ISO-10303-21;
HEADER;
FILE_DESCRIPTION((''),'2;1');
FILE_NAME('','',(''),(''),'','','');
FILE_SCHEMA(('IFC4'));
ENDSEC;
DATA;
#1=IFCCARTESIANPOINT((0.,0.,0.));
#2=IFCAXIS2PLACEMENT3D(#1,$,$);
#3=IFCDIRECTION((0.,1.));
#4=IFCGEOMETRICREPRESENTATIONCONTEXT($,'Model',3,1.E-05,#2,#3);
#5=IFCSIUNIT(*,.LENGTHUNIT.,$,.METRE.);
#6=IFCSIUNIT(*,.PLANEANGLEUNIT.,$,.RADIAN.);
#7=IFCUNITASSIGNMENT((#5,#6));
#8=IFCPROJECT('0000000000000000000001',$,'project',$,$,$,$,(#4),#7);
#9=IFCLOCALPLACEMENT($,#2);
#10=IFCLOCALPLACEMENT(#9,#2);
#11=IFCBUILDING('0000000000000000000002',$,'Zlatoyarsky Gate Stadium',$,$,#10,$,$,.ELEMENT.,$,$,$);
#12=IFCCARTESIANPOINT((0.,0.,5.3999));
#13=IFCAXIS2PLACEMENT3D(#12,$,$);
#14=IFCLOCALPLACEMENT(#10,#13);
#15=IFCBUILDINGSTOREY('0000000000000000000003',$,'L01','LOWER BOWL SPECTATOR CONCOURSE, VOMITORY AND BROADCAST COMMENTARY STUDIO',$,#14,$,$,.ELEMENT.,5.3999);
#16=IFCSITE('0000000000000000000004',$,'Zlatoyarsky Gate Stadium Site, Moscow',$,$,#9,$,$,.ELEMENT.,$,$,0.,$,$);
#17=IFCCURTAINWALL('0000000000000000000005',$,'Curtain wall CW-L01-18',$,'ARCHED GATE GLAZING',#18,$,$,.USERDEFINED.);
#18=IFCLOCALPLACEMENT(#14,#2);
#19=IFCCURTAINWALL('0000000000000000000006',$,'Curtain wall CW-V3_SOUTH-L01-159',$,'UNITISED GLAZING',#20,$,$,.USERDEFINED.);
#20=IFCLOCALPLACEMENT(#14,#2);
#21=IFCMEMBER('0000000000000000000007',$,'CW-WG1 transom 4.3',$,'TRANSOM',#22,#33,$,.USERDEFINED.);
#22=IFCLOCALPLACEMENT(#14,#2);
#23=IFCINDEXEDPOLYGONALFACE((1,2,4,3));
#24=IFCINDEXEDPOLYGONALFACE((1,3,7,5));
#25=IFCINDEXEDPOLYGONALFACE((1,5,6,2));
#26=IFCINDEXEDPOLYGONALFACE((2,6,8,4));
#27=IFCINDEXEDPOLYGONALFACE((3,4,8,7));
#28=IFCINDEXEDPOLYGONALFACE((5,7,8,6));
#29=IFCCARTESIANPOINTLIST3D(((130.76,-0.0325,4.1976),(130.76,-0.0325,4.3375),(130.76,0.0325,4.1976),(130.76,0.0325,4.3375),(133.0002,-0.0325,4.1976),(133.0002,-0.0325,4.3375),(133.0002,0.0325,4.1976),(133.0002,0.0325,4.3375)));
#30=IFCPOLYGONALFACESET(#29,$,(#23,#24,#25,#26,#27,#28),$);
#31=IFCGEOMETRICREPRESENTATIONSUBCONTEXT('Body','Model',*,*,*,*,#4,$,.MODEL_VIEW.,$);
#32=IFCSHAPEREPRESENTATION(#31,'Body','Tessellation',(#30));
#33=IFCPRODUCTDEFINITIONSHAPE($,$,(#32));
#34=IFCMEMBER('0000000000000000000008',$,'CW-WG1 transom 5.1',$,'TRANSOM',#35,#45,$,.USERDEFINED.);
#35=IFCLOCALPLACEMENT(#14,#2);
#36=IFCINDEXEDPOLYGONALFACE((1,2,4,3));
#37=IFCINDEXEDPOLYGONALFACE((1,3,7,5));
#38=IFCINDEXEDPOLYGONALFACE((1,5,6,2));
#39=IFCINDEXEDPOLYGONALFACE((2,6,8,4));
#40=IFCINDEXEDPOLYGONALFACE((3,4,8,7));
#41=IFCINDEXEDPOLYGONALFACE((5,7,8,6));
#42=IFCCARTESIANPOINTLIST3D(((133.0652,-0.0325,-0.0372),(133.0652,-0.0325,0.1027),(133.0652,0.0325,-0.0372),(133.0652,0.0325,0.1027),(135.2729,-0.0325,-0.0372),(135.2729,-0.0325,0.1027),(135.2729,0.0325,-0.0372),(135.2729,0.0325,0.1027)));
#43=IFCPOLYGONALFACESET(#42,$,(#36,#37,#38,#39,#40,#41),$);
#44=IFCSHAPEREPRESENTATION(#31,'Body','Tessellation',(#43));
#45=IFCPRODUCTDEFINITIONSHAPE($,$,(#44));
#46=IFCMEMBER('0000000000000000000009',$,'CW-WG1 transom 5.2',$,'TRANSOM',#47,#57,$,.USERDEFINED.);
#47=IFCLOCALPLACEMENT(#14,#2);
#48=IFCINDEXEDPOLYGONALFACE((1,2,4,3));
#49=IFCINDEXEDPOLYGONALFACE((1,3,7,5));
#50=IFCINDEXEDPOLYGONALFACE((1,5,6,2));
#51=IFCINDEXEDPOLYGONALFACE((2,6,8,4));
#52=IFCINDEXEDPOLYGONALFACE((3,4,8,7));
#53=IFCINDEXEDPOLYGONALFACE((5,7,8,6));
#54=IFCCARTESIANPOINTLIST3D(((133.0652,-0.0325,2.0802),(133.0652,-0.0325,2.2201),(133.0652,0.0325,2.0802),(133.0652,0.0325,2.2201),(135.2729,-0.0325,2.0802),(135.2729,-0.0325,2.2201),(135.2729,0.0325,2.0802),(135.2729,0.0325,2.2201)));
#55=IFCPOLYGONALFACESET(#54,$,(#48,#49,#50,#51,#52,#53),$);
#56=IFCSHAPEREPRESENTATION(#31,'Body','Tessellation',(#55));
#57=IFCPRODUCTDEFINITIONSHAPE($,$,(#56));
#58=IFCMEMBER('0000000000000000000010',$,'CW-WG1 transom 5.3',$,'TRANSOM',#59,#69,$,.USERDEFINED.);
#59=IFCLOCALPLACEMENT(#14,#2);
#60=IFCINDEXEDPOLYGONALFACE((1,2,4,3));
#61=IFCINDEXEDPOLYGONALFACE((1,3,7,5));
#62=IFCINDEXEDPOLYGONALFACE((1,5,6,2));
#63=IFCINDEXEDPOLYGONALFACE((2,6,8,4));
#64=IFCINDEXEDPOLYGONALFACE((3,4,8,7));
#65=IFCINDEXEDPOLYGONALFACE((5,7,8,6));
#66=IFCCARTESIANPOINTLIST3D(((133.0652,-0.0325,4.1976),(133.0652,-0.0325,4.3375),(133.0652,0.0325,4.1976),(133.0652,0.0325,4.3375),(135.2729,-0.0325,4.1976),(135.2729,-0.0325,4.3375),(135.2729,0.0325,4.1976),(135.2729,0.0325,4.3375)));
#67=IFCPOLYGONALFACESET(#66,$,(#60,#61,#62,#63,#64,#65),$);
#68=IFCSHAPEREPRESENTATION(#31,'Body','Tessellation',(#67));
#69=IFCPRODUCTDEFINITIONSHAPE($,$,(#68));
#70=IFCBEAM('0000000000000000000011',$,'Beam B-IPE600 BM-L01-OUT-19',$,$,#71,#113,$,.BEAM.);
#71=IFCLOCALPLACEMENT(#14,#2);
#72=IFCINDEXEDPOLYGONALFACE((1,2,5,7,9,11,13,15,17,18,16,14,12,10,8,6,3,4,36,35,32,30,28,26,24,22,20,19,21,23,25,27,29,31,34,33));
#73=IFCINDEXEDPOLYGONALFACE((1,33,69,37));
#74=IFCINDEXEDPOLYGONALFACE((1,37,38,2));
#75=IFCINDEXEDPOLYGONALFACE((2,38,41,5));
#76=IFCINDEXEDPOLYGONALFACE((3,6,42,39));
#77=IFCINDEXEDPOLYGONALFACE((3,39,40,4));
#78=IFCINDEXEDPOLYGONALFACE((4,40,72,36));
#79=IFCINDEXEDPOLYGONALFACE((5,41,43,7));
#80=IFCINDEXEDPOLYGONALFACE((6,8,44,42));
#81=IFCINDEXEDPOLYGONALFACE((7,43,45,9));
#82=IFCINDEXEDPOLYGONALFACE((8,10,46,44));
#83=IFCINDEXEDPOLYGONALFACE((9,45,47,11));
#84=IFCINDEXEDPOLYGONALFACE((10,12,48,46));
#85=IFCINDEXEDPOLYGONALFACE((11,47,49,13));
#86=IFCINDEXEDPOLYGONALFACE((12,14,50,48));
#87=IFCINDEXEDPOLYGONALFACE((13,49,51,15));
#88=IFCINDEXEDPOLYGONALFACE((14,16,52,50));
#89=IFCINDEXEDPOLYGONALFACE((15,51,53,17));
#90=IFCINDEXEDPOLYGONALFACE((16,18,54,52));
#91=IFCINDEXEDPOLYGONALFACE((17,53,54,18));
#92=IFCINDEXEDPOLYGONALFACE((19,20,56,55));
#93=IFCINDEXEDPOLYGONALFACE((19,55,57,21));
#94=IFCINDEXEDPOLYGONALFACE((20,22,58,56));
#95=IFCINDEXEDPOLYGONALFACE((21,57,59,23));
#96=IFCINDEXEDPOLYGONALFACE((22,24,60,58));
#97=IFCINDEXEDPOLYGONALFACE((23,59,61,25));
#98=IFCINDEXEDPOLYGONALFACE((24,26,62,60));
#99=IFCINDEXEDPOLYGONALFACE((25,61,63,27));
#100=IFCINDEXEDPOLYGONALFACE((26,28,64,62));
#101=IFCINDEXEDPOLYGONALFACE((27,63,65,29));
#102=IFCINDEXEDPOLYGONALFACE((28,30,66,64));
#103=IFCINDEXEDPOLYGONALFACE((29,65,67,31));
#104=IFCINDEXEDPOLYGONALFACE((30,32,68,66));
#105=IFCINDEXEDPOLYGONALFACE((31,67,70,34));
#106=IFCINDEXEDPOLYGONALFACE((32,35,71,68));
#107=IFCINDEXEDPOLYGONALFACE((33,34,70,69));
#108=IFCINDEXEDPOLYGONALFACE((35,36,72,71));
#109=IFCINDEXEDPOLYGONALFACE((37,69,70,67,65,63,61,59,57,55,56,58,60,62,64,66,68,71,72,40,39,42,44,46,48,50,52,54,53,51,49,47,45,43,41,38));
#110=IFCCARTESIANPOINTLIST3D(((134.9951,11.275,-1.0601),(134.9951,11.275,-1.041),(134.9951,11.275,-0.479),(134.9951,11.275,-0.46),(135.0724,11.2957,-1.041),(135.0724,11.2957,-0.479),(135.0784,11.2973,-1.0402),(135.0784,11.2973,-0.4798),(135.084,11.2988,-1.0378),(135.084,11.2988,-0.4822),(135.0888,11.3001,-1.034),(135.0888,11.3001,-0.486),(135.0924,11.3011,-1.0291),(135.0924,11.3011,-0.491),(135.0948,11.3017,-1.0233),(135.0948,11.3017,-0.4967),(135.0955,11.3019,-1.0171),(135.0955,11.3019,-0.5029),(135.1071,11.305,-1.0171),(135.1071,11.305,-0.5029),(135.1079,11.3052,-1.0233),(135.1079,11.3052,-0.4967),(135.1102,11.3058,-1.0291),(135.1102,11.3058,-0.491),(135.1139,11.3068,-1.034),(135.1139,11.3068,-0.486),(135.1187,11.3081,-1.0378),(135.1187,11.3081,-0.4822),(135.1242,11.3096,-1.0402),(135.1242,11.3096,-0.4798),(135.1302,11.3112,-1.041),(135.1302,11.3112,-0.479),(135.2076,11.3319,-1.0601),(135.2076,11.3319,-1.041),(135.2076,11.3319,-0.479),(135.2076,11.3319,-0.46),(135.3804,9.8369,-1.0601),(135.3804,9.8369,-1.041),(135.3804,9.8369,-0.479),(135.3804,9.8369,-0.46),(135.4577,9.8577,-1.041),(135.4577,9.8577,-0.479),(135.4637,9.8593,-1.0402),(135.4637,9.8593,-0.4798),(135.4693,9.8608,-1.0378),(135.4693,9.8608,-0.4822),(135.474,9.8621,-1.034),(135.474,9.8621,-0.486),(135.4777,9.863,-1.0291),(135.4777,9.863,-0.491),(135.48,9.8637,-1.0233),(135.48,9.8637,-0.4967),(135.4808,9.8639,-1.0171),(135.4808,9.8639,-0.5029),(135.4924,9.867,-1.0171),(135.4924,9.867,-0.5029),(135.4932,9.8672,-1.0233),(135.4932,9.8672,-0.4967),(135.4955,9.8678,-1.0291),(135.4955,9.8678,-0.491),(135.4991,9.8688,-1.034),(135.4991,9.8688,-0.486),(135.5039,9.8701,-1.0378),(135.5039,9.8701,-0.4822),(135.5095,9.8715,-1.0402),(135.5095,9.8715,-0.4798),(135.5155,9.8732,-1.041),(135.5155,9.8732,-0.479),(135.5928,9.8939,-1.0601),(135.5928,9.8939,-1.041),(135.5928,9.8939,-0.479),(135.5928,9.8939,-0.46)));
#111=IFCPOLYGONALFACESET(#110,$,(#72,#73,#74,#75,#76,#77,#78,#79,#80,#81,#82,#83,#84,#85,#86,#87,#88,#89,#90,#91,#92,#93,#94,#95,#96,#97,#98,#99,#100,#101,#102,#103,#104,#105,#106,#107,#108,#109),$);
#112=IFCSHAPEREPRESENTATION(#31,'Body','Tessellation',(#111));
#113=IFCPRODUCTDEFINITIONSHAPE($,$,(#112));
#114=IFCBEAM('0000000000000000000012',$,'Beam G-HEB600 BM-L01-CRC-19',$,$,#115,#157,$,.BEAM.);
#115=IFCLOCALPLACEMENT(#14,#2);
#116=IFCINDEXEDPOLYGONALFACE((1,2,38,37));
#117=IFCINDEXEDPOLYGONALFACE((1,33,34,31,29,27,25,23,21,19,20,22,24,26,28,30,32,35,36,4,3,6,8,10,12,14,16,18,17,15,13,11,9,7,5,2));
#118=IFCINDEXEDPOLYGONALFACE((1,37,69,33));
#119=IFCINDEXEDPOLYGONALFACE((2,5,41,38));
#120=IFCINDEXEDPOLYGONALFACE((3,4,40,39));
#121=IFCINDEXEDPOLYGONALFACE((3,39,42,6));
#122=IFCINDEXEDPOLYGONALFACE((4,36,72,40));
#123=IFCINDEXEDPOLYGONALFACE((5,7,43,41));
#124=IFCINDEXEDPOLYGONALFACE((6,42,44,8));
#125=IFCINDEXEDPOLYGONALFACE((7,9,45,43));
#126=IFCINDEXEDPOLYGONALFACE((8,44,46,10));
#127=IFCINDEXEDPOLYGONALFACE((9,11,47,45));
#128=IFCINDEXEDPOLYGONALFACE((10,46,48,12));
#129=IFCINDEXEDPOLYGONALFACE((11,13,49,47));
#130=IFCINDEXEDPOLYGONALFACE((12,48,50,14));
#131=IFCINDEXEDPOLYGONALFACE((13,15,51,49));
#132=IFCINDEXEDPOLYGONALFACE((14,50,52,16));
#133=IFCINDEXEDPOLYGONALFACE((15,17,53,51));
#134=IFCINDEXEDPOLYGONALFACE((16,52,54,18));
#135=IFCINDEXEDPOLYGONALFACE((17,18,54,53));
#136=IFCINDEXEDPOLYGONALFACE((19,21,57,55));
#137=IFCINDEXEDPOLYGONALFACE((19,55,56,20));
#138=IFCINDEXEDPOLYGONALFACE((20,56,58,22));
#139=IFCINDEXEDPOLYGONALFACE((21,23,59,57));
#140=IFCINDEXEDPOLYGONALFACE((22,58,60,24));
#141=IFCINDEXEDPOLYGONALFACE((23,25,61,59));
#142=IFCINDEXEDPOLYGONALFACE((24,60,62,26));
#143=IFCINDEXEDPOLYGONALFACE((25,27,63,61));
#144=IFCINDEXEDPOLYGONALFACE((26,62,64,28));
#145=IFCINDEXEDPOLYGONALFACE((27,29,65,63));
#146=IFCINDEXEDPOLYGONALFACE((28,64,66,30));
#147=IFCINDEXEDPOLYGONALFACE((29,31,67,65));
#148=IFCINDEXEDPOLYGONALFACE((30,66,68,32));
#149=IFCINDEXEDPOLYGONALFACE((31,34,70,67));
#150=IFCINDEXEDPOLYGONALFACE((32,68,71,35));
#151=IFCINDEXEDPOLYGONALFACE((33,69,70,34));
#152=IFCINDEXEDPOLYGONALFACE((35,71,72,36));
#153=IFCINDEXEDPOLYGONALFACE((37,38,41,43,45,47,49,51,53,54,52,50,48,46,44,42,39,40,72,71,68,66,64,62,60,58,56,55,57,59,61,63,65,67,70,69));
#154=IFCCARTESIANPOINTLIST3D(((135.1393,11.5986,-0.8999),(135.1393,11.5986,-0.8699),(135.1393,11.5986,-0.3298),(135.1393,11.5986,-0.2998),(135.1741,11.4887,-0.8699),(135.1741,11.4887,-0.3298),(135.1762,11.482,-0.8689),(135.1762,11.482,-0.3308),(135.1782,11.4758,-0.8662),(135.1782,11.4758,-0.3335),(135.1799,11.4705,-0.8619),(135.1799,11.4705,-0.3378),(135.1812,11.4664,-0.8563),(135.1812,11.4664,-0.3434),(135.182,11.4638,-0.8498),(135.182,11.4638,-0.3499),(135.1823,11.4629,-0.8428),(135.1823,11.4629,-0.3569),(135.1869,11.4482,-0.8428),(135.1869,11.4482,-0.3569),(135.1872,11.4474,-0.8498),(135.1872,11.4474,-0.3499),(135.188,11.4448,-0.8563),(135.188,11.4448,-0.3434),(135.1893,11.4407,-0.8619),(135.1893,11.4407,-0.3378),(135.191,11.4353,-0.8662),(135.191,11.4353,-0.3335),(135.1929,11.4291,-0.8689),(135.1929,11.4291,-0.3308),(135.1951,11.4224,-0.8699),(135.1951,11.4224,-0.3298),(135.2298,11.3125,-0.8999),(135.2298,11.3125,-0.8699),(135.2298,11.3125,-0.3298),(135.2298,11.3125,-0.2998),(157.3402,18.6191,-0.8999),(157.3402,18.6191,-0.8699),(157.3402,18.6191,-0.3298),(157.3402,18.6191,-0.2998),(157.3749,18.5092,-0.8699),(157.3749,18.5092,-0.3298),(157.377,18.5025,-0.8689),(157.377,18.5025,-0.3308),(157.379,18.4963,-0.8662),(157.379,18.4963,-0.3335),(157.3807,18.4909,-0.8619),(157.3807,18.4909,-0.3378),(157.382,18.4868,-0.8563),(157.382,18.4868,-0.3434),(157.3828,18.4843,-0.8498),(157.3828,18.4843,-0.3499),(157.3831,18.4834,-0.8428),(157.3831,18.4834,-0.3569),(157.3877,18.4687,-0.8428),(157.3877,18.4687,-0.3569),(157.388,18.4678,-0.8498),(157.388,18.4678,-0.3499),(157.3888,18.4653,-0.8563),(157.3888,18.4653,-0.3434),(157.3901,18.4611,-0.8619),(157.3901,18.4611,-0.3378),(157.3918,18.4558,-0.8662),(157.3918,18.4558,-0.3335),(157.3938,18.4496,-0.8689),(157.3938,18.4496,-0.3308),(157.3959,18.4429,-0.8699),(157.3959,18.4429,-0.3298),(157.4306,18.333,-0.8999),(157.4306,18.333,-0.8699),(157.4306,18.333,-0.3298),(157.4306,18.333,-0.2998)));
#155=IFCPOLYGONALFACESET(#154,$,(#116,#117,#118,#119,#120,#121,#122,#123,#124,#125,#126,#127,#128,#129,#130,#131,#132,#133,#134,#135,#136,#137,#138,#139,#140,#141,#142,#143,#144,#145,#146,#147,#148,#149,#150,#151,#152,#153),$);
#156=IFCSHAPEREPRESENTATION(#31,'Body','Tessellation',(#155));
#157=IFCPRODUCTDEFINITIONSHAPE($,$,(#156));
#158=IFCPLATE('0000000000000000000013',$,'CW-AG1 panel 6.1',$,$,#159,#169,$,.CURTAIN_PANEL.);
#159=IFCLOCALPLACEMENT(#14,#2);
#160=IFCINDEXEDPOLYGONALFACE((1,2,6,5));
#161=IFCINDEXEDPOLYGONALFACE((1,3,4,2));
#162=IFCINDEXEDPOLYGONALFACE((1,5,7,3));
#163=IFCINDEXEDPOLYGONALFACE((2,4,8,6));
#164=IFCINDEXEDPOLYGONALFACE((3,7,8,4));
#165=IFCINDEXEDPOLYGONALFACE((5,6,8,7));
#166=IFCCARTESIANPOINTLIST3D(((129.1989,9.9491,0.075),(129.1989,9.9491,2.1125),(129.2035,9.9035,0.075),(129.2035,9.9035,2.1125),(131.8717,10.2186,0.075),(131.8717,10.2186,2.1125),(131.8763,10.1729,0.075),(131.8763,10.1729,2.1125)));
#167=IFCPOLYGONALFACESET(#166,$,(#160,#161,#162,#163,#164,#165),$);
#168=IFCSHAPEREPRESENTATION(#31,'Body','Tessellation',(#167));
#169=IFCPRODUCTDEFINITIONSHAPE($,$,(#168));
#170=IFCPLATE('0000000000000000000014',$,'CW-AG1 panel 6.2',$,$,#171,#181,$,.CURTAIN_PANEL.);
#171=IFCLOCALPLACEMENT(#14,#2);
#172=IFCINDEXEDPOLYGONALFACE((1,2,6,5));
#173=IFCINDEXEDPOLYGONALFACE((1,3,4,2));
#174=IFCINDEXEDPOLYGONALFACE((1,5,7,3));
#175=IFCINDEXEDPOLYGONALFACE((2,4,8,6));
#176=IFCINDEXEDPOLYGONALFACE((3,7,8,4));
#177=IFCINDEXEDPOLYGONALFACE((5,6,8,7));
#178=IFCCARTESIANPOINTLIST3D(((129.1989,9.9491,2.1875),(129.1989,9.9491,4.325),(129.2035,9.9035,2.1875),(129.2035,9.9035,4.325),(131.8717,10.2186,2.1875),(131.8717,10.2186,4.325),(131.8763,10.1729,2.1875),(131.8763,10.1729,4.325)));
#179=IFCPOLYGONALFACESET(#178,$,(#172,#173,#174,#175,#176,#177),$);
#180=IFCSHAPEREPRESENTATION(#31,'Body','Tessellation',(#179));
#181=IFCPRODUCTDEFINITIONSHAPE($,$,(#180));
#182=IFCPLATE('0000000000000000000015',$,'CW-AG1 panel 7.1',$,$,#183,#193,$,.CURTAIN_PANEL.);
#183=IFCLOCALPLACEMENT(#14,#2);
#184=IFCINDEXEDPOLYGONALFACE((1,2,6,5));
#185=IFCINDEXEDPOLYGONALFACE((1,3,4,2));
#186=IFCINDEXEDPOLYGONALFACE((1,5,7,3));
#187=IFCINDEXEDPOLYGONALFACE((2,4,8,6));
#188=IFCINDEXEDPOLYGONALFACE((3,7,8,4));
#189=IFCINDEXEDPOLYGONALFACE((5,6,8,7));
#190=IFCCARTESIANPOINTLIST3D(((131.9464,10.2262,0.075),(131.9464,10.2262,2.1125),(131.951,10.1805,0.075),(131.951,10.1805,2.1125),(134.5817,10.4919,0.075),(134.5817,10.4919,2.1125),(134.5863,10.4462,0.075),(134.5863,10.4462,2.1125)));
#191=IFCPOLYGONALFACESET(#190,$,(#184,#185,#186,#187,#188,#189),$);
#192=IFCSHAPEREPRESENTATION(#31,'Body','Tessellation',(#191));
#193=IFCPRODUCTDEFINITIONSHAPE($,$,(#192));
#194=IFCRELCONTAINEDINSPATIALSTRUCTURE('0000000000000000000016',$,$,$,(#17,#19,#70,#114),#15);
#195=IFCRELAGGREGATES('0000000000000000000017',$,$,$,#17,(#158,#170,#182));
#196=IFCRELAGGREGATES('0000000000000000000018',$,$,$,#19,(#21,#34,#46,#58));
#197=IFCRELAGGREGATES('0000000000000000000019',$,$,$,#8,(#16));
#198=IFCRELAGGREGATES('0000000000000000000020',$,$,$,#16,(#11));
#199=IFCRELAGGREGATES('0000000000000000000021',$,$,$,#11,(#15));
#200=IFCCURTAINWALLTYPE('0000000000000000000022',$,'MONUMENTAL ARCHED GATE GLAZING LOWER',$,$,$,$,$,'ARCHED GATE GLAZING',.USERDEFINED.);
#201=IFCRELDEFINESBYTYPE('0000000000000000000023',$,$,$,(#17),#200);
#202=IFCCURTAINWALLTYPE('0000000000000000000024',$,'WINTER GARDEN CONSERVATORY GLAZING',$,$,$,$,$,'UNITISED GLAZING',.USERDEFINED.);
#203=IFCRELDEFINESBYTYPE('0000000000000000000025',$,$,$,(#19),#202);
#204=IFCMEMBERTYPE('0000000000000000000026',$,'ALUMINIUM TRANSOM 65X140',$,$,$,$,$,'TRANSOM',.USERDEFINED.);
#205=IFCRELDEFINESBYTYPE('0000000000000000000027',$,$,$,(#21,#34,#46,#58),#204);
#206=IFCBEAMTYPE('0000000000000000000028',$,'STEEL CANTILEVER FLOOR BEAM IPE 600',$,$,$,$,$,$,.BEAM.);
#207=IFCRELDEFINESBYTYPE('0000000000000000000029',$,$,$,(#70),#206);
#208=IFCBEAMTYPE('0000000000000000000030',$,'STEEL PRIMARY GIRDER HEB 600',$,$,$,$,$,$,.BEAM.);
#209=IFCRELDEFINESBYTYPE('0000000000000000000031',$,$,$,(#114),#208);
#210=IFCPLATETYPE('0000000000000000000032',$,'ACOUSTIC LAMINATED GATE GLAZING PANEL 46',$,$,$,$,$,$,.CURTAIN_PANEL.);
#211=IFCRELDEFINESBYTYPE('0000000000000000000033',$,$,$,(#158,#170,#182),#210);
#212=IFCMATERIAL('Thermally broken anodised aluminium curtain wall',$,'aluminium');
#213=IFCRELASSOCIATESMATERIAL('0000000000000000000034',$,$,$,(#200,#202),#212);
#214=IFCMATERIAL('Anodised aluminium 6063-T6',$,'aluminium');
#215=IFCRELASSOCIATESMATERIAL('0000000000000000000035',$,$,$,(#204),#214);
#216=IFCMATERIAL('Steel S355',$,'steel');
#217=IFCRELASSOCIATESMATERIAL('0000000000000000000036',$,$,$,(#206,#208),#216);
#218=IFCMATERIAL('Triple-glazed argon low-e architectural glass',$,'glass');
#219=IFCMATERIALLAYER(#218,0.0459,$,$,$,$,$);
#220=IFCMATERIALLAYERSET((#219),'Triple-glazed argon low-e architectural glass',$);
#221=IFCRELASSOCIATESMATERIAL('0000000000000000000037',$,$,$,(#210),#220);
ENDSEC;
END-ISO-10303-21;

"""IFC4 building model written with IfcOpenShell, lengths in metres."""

from ifc_helpers import new_model, si_unit, direction, frame, origin, origin_2d, place, context, subcontext, project, spatial, rectangle, i_section, extrude, material, layer, layer_set, material_profile, profile_set, type_object, element, aggregate, save


model = new_model("IFC4")

# Units and contexts
model_context = context("Model", 3, precision=1e-05, world=origin(), true_north=direction((0.0, 1.0)))
body_context = subcontext(model_context, "Body", "Model", "MODEL_VIEW")
ifc_project = project(units=[si_unit("LENGTHUNIT", "METRE"), si_unit("PLANEANGLEUNIT", "RADIAN")], contexts=[model_context])

# Site, building, storey
site_placement = place(None, origin())
site = spatial("IfcSite", under=ifc_project, at=site_placement, Name="Zlatoyarsky Gate Stadium Site, Moscow", CompositionType="ELEMENT", RefElevation=0.0)
building_placement = place(site_placement, origin())
building = spatial("IfcBuilding", under=site, at=building_placement, Name="Zlatoyarsky Gate Stadium", CompositionType="ELEMENT")
storey_placement = place(building_placement, frame((0.0, 0.0, 5.3999)))
storey = spatial("IfcBuildingStorey", under=building, at=storey_placement, Name="L01", Description="LOWER BOWL SPECTATOR CONCOURSE, VOMITORY AND BROADCAST COMMENTARY STUDIO", CompositionType="ELEMENT", Elevation=5.3999)

# Shared definitions
ifc_material_1 = material(Name="Steel S355", Category="steel")

# Curtain walls, members
ifc_material_2 = material(Name="Thermally broken anodised aluminium curtain wall", Category="aluminium")
curtain_wall_type_1 = type_object("IfcCurtainWallType", Name="MONUMENTAL ARCHED GATE GLAZING LOWER", ElementType="ARCHED GATE GLAZING", PredefinedType="USERDEFINED", material=ifc_material_2)
curtain_wall_1_placement = place(storey_placement, origin())
curtain_wall_1 = element("IfcCurtainWall", 1, at=curtain_wall_1_placement, inside=storey, type_object=curtain_wall_type_1, Name="Curtain wall CW-L01-18", ObjectType="ARCHED GATE GLAZING", PredefinedType="USERDEFINED")
ifc_material_3 = material(Name="Anodised aluminium 6063-T6", Category="aluminium")
curtain_wall_type_2 = type_object("IfcCurtainWallType", Name="WINTER GARDEN CONSERVATORY GLAZING", ElementType="UNITISED GLAZING", PredefinedType="USERDEFINED", material=ifc_material_2)
curtain_wall_2_placement = place(storey_placement, origin())
curtain_wall_2 = element("IfcCurtainWall", 2, at=curtain_wall_2_placement, inside=storey, type_object=curtain_wall_type_2, Name="Curtain wall CW-V3_SOUTH-L01-159", ObjectType="UNITISED GLAZING", PredefinedType="USERDEFINED")
ifc_material_profile_1 = material_profile(ifc_material_3, rectangle(XDim=0.0649, YDim=0.1399, at=origin_2d()), Name="ALU 65X140")
ifc_profile_set_1 = profile_set([ifc_material_profile_1], Name="Anodised aluminium 6063-T6")
member_type_1 = type_object("IfcMemberType", Name="ALUMINIUM TRANSOM 65X140", ElementType="TRANSOM", PredefinedType="USERDEFINED", material=ifc_profile_set_1)
member_1_placement = place(storey_placement, frame((130.76, 0.0, 4.2676), z_axis=(1.0, 0.0, 0.0), x_axis=(0.0, 1.0, 0.0)))
member_1 = element("IfcMember", 3, at=member_1_placement, type_object=member_type_1, Name="CW-WG1 transom 4.3", ObjectType="TRANSOM", PredefinedType="USERDEFINED", context=body_context, shape_type="SweptSolid", body=[
    extrude(rectangle(XDim=0.0649, YDim=0.1399, at=origin_2d()), origin(), (0.0, 0.0, 1.0), 2.2402),
])
member_2_placement = place(storey_placement, frame((133.0652, 0.0, 0.0327), z_axis=(1.0, 0.0, 0.0), x_axis=(0.0, 1.0, 0.0)))
member_2 = element("IfcMember", 4, at=member_2_placement, type_object=member_type_1, Name="CW-WG1 transom 5.1", ObjectType="TRANSOM", PredefinedType="USERDEFINED", context=body_context, shape_type="SweptSolid", body=[
    extrude(rectangle(XDim=0.0649, YDim=0.1399, at=origin_2d()), origin(), (0.0, 0.0, 1.0), 2.2078),
])
member_3_placement = place(storey_placement, frame((133.0652, 0.0, 2.1501), z_axis=(1.0, 0.0, 0.0), x_axis=(0.0, 1.0, 0.0)))
member_3 = element("IfcMember", 5, at=member_3_placement, type_object=member_type_1, Name="CW-WG1 transom 5.2", ObjectType="TRANSOM", PredefinedType="USERDEFINED", context=body_context, shape_type="SweptSolid", body=[
    extrude(rectangle(XDim=0.0649, YDim=0.1399, at=origin_2d()), origin(), (0.0, 0.0, 1.0), 2.2078),
])
member_4_placement = place(storey_placement, frame((133.0652, 0.0, 4.2676), z_axis=(1.0, 0.0, 0.0), x_axis=(0.0, 1.0, 0.0)))
member_4 = element("IfcMember", 6, at=member_4_placement, type_object=member_type_1, Name="CW-WG1 transom 5.3", ObjectType="TRANSOM", PredefinedType="USERDEFINED", context=body_context, shape_type="SweptSolid", body=[
    extrude(rectangle(XDim=0.0649, YDim=0.1399, at=origin_2d()), origin(), (0.0, 0.0, 1.0), 2.2078),
])

# Beams
ifc_material_profile_2 = material_profile(ifc_material_1, i_section(OverallWidth=0.22, OverallDepth=0.6001, WebThickness=0.012, FlangeThickness=0.019, FilletRadius=0.0239, at=origin_2d()), Name="IPE 600")
ifc_profile_set_2 = profile_set([ifc_material_profile_2], Name="Steel S355")
beam_type_1 = type_object("IfcBeamType", Name="STEEL CANTILEVER FLOOR BEAM IPE 600", PredefinedType="BEAM", material=ifc_profile_set_2)
beam_1_placement = place(storey_placement, frame((135.1013, 11.3035, -0.76), z_axis=(0.258785, -0.965935, 0.0), x_axis=(0.965935, 0.258785, 0.0)))
element("IfcBeam", 7, at=beam_1_placement, inside=storey, type_object=beam_type_1, Name="Beam B-IPE600 BM-L01-OUT-19", PredefinedType="BEAM", context=body_context, shape_type="SweptSolid", body=[
    extrude(i_section(OverallWidth=0.22, OverallDepth=0.6001, WebThickness=0.012, FlangeThickness=0.019, FilletRadius=0.0239, at=origin_2d()), origin(), (0.0, 0.0, 1.0), 1.4888),
])
ifc_material_profile_3 = material_profile(ifc_material_1, i_section(OverallWidth=0.3, OverallDepth=0.6001, WebThickness=0.0154, FlangeThickness=0.03, FilletRadius=0.0271, at=origin_2d()), Name="HEB 600")
ifc_profile_set_3 = profile_set([ifc_material_profile_3], Name="Steel S355")
beam_type_2 = type_object("IfcBeamType", Name="STEEL PRIMARY GIRDER HEB 600", PredefinedType="BEAM", material=ifc_profile_set_3)
beam_2_placement = place(storey_placement, frame((135.1846, 11.4556, -0.5999), z_axis=(0.953463, 0.30151, 0.0), x_axis=(-0.30151, 0.953463, 0.0)))
element("IfcBeam", 8, at=beam_2_placement, inside=storey, type_object=beam_type_2, Name="Beam G-HEB600 BM-L01-CRC-19", PredefinedType="BEAM", context=body_context, shape_type="SweptSolid", body=[
    extrude(i_section(OverallWidth=0.3, OverallDepth=0.6001, WebThickness=0.0154, FlangeThickness=0.03, FilletRadius=0.0271, at=origin_2d()), origin(), (0.0, 0.0, 1.0), 23.2844),
])

# Plates
ifc_material_4 = material(Name="Triple-glazed argon low-e architectural glass", Category="glass")
ifc_layer_1 = layer(ifc_material_4, 0.0459)
ifc_layer_set_1 = layer_set([ifc_layer_1], Name="Triple-glazed argon low-e architectural glass")
plate_type_1 = type_object("IfcPlateType", Name="ACOUSTIC LAMINATED GATE GLAZING PANEL 46", PredefinedType="CURTAIN_PANEL", material=ifc_layer_set_1)
plate_1_placement = place(storey_placement, frame((130.5376, 10.061, 0.075), z_axis=(0.0, 0.0, 1.0), x_axis=(0.994957, 0.100303, 0.0)))
plate_1 = element("IfcPlate", 9, at=plate_1_placement, type_object=plate_type_1, Name="CW-AG1 panel 6.1", PredefinedType="CURTAIN_PANEL", context=body_context, shape_type="SweptSolid", body=[
    extrude(rectangle(XDim=2.6863, YDim=0.0459, at=origin_2d()), origin(), (0.0, 0.0, 1.0), 2.0376),
])
plate_2_placement = place(storey_placement, frame((130.5376, 10.061, 2.1875), z_axis=(0.0, 0.0, 1.0), x_axis=(0.994957, 0.100303, 0.0)))
plate_2 = element("IfcPlate", 10, at=plate_2_placement, type_object=plate_type_1, Name="CW-AG1 panel 6.2", PredefinedType="CURTAIN_PANEL", context=body_context, shape_type="SweptSolid", body=[
    extrude(rectangle(XDim=2.6863, YDim=0.0459, at=origin_2d()), origin(), (0.0, 0.0, 1.0), 2.1375),
])
plate_3_placement = place(storey_placement, frame((133.2664, 10.3362, 0.075), z_axis=(0.0, 0.0, 1.0), x_axis=(0.994957, 0.100303, 0.0)))
plate_3 = element("IfcPlate", 11, at=plate_3_placement, type_object=plate_type_1, Name="CW-AG1 panel 7.1", PredefinedType="CURTAIN_PANEL", context=body_context, shape_type="SweptSolid", body=[
    extrude(rectangle(XDim=2.6487, YDim=0.0459, at=origin_2d()), origin(), (0.0, 0.0, 1.0), 2.0376),
])
aggregate(curtain_wall_1, [plate_1, plate_2, plate_3])
aggregate(curtain_wall_2, [member_1, member_2, member_3, member_4])

save(model, "model.ifc")
